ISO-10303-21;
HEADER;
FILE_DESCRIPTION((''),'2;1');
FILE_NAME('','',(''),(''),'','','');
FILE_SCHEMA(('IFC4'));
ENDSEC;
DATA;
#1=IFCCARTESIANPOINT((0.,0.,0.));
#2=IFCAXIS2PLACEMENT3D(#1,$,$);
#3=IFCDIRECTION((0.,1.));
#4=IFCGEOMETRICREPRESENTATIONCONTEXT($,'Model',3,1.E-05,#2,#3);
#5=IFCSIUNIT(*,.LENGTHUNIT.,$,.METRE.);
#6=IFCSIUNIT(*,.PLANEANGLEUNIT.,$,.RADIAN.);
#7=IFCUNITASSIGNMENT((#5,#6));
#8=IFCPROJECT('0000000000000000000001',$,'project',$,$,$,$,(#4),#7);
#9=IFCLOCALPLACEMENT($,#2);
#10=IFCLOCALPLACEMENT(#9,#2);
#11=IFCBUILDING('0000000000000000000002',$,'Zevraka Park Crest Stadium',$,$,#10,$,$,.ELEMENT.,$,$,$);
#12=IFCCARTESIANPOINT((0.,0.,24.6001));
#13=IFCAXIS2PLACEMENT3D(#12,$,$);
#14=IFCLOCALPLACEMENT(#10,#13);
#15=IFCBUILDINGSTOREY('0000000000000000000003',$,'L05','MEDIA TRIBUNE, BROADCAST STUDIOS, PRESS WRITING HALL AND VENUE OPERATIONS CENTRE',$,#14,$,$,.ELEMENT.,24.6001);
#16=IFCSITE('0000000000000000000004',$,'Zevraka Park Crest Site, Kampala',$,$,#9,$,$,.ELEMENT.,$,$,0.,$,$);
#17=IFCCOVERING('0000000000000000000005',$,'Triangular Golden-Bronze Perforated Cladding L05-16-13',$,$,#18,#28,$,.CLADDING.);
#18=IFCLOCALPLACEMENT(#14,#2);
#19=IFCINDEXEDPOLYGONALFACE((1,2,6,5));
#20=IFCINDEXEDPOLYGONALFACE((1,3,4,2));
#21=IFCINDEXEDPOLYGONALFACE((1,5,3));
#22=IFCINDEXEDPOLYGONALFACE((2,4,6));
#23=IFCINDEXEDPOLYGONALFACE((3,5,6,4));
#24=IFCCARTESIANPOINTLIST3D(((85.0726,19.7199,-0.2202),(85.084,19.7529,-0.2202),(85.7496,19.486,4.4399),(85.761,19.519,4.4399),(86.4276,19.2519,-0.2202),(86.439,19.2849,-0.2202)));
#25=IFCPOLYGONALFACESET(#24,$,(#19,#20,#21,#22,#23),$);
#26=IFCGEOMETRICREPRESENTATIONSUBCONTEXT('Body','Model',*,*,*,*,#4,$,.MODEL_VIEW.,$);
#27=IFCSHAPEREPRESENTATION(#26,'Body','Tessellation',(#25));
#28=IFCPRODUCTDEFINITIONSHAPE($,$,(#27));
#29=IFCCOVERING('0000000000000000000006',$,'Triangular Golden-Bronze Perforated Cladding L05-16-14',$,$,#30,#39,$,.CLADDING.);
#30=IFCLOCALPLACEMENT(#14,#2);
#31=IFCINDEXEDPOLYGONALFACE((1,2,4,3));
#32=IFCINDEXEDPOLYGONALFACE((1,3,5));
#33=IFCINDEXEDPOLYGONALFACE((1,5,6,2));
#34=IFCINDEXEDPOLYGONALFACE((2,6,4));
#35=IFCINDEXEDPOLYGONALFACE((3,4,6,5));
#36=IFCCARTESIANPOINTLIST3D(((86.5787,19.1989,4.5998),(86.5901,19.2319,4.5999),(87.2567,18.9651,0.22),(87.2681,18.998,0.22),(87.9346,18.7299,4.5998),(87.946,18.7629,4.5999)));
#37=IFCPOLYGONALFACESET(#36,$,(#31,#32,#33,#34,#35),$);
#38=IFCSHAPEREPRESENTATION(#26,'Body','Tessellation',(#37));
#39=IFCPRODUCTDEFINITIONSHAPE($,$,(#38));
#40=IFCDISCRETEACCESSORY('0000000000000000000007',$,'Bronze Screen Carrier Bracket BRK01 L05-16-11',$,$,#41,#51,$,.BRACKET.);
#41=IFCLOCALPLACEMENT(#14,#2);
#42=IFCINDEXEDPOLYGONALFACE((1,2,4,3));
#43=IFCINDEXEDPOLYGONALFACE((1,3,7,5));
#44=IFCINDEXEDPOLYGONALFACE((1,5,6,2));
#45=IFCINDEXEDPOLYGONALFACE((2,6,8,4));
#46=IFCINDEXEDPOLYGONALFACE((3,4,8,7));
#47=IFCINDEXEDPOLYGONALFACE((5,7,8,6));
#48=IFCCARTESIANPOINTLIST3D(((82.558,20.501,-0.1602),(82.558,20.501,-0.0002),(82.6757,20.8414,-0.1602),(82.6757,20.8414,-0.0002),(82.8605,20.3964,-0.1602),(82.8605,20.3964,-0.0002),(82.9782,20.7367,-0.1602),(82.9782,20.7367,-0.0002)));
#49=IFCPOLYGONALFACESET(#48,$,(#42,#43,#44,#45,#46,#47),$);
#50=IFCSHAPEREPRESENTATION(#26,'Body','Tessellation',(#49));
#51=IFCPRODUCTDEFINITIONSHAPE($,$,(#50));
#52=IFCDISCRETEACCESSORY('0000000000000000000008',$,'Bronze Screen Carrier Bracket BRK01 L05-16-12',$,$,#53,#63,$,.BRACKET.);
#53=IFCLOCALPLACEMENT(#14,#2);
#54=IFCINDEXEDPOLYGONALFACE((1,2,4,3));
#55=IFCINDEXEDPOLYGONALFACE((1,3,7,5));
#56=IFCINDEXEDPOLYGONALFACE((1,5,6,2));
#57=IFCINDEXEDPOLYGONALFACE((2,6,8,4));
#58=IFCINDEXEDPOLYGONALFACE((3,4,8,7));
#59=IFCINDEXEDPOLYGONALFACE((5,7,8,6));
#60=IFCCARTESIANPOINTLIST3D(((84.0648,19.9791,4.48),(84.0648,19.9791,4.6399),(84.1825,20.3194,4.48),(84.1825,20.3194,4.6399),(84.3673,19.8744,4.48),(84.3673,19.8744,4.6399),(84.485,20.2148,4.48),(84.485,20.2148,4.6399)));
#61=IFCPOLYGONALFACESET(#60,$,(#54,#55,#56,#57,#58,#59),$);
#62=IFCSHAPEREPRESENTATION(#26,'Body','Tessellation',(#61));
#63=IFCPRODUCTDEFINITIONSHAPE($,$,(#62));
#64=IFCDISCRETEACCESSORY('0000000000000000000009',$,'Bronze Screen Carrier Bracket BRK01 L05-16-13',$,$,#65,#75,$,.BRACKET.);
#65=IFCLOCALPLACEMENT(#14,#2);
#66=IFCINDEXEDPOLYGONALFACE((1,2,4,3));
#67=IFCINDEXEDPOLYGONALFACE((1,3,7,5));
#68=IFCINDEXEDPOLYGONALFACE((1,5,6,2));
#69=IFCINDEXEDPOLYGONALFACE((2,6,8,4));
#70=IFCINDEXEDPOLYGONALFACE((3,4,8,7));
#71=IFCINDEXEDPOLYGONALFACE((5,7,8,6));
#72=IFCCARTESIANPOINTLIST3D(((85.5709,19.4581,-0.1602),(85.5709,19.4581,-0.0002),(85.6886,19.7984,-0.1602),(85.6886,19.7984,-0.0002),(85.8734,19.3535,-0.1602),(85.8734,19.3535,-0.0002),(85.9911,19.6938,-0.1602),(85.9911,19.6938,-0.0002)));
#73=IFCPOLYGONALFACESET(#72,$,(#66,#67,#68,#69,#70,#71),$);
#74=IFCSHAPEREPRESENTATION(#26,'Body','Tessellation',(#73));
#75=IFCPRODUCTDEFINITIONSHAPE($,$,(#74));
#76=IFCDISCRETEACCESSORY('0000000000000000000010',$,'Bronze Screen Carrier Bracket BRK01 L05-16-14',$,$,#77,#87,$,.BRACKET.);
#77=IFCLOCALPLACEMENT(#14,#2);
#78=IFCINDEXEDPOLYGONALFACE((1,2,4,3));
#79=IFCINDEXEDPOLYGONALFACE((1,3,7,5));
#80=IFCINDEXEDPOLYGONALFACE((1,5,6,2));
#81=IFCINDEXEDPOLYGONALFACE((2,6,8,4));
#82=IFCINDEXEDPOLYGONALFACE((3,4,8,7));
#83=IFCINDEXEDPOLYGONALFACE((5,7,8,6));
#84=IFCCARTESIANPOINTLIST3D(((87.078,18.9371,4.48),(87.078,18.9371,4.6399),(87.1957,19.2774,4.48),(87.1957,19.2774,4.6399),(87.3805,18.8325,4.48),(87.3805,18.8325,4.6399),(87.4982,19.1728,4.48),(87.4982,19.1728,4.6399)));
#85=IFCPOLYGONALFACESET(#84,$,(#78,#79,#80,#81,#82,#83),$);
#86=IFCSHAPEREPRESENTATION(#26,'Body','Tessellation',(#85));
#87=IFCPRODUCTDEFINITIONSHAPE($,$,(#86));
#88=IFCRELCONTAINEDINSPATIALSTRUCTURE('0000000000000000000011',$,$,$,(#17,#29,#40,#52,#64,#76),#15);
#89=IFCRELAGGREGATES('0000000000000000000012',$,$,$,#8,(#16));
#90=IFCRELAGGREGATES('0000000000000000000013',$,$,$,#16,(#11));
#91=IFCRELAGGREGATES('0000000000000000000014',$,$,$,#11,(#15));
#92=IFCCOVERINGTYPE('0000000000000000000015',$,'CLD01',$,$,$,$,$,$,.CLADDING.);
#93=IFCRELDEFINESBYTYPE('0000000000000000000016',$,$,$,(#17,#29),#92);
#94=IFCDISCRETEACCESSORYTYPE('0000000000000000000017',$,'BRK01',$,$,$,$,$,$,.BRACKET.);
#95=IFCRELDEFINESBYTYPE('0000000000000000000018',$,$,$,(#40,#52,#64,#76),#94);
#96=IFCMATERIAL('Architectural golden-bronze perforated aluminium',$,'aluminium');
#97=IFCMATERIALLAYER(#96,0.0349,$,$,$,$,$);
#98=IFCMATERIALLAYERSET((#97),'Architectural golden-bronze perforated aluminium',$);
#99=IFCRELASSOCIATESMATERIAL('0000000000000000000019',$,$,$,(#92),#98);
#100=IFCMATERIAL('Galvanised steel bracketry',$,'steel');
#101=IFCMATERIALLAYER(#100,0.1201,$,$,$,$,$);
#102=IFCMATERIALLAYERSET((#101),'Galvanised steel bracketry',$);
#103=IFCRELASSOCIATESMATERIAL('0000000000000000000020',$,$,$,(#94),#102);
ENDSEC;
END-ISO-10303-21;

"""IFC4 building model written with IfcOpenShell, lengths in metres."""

from ifc_helpers import new_model, si_unit, direction, frame, origin, origin_2d, place, context, subcontext, project, spatial, polyline, rectangle, outline, extrude, material, layer, layer_set, type_object, element, save


model = new_model("IFC4")

# Units and contexts
model_context = context("Model", 3, precision=1e-05, world=origin(), true_north=direction((0.0, 1.0)))
body_context = subcontext(model_context, "Body", "Model", "MODEL_VIEW")
ifc_project = project(units=[si_unit("LENGTHUNIT", "METRE"), si_unit("PLANEANGLEUNIT", "RADIAN")], contexts=[model_context])

# Site, building, storey
site_placement = place(None, origin())
site = spatial("IfcSite", under=ifc_project, at=site_placement, Name="Zevraka Park Crest Site, Kampala", CompositionType="ELEMENT", RefElevation=0.0)
building_placement = place(site_placement, origin())
building = spatial("IfcBuilding", under=site, at=building_placement, Name="Zevraka Park Crest Stadium", CompositionType="ELEMENT")
storey_placement = place(building_placement, frame((0.0, 0.0, 24.6001)))
storey = spatial("IfcBuildingStorey", under=building, at=storey_placement, Name="L05", Description="MEDIA TRIBUNE, BROADCAST STUDIOS, PRESS WRITING HALL AND VENUE OPERATIONS CENTRE", CompositionType="ELEMENT", Elevation=24.6001)

# Coverings
ifc_material_1 = material(Name="Architectural golden-bronze perforated aluminium", Category="aluminium")
ifc_layer_1 = layer(ifc_material_1, 0.0349)
ifc_layer_set_1 = layer_set([ifc_layer_1], Name="Architectural golden-bronze perforated aluminium")
covering_type = type_object("IfcCoveringType", Name="CLD01", PredefinedType="CLADDING", material=ifc_layer_set_1)
covering_1_placement = place(storey_placement, frame((85.084, 19.7529, -0.2202), z_axis=(0.326479, 0.945205, 0.000009), x_axis=(0.945205, -0.326479, 0.0)))
element("IfcCovering", 1, at=covering_1_placement, inside=storey, type_object=covering_type, Name="Triangular Golden-Bronze Perforated Cladding L05-16-13", PredefinedType="CLADDING", context=body_context, shape_type="SweptSolid", body=[
    extrude(outline(polyline([(0.0, 0.0), (1.4335, 0.0), (0.7163, -4.6602), (0.0, 0.0)])), origin(), (0.0, 0.0, -1.0), 0.0349),
])
covering_2_placement = place(storey_placement, frame((87.946, 18.7629, 4.5999), z_axis=(0.326877, 0.945067, 0.000132), x_axis=(-0.945067, 0.326877, 0.0)))
element("IfcCovering", 2, at=covering_2_placement, inside=storey, type_object=covering_type, Name="Triangular Golden-Bronze Perforated Cladding L05-16-14", PredefinedType="CLADDING", context=body_context, shape_type="SweptSolid", body=[
    extrude(outline(polyline([(0.0, 0.0), (1.4348, 0.0), (0.7176, -4.3799), (0.0, 0.0)])), origin(), (0.0, 0.0, -1.0), 0.0349),
])

# Discrete accessories
ifc_material_2 = material(Name="Galvanised steel bracketry", Category="steel")
ifc_layer_2 = layer(ifc_material_2, 0.1201)
ifc_layer_set_2 = layer_set([ifc_layer_2], Name="Galvanised steel bracketry")
discrete_accessory_type = type_object("IfcDiscreteAccessoryType", Name="BRK01", PredefinedType="BRACKET", material=ifc_layer_set_2)
for number, where, z_axis, x_axis, name in (
    (3, (82.7681, 20.6189, -0.1602), (0.0, 0.0, 1.0), (0.945063, -0.326888, 0.0), "Bronze Screen Carrier Bracket BRK01 L05-16-11"),
    (4, (84.2749, 20.0969, 4.48), (0.0, 0.0, 1.0), (0.945063, -0.326888, 0.0), "Bronze Screen Carrier Bracket BRK01 L05-16-12"),
    (5, (85.781, 19.5759, -0.1602), (0.0, 0.0, 1.0), (0.945063, -0.326888, 0.0), "Bronze Screen Carrier Bracket BRK01 L05-16-13"),
    (6, (87.2881, 19.0549, 4.48), (0.0, 0.0, 1.0), (0.945063, -0.326888, 0.0), "Bronze Screen Carrier Bracket BRK01 L05-16-14"),
):
    element("IfcDiscreteAccessory", number, at=place(storey_placement, frame(where, z_axis=z_axis, x_axis=x_axis)), inside=storey, type_object=discrete_accessory_type, Name=name, PredefinedType="BRACKET", context=body_context, shape_type="SweptSolid", body=[
        extrude(rectangle(XDim=0.3201, YDim=0.3601, at=origin_2d()), origin(), (0.0, 0.0, 1.0), 0.1599),
    ])

save(model, "model.ifc")
